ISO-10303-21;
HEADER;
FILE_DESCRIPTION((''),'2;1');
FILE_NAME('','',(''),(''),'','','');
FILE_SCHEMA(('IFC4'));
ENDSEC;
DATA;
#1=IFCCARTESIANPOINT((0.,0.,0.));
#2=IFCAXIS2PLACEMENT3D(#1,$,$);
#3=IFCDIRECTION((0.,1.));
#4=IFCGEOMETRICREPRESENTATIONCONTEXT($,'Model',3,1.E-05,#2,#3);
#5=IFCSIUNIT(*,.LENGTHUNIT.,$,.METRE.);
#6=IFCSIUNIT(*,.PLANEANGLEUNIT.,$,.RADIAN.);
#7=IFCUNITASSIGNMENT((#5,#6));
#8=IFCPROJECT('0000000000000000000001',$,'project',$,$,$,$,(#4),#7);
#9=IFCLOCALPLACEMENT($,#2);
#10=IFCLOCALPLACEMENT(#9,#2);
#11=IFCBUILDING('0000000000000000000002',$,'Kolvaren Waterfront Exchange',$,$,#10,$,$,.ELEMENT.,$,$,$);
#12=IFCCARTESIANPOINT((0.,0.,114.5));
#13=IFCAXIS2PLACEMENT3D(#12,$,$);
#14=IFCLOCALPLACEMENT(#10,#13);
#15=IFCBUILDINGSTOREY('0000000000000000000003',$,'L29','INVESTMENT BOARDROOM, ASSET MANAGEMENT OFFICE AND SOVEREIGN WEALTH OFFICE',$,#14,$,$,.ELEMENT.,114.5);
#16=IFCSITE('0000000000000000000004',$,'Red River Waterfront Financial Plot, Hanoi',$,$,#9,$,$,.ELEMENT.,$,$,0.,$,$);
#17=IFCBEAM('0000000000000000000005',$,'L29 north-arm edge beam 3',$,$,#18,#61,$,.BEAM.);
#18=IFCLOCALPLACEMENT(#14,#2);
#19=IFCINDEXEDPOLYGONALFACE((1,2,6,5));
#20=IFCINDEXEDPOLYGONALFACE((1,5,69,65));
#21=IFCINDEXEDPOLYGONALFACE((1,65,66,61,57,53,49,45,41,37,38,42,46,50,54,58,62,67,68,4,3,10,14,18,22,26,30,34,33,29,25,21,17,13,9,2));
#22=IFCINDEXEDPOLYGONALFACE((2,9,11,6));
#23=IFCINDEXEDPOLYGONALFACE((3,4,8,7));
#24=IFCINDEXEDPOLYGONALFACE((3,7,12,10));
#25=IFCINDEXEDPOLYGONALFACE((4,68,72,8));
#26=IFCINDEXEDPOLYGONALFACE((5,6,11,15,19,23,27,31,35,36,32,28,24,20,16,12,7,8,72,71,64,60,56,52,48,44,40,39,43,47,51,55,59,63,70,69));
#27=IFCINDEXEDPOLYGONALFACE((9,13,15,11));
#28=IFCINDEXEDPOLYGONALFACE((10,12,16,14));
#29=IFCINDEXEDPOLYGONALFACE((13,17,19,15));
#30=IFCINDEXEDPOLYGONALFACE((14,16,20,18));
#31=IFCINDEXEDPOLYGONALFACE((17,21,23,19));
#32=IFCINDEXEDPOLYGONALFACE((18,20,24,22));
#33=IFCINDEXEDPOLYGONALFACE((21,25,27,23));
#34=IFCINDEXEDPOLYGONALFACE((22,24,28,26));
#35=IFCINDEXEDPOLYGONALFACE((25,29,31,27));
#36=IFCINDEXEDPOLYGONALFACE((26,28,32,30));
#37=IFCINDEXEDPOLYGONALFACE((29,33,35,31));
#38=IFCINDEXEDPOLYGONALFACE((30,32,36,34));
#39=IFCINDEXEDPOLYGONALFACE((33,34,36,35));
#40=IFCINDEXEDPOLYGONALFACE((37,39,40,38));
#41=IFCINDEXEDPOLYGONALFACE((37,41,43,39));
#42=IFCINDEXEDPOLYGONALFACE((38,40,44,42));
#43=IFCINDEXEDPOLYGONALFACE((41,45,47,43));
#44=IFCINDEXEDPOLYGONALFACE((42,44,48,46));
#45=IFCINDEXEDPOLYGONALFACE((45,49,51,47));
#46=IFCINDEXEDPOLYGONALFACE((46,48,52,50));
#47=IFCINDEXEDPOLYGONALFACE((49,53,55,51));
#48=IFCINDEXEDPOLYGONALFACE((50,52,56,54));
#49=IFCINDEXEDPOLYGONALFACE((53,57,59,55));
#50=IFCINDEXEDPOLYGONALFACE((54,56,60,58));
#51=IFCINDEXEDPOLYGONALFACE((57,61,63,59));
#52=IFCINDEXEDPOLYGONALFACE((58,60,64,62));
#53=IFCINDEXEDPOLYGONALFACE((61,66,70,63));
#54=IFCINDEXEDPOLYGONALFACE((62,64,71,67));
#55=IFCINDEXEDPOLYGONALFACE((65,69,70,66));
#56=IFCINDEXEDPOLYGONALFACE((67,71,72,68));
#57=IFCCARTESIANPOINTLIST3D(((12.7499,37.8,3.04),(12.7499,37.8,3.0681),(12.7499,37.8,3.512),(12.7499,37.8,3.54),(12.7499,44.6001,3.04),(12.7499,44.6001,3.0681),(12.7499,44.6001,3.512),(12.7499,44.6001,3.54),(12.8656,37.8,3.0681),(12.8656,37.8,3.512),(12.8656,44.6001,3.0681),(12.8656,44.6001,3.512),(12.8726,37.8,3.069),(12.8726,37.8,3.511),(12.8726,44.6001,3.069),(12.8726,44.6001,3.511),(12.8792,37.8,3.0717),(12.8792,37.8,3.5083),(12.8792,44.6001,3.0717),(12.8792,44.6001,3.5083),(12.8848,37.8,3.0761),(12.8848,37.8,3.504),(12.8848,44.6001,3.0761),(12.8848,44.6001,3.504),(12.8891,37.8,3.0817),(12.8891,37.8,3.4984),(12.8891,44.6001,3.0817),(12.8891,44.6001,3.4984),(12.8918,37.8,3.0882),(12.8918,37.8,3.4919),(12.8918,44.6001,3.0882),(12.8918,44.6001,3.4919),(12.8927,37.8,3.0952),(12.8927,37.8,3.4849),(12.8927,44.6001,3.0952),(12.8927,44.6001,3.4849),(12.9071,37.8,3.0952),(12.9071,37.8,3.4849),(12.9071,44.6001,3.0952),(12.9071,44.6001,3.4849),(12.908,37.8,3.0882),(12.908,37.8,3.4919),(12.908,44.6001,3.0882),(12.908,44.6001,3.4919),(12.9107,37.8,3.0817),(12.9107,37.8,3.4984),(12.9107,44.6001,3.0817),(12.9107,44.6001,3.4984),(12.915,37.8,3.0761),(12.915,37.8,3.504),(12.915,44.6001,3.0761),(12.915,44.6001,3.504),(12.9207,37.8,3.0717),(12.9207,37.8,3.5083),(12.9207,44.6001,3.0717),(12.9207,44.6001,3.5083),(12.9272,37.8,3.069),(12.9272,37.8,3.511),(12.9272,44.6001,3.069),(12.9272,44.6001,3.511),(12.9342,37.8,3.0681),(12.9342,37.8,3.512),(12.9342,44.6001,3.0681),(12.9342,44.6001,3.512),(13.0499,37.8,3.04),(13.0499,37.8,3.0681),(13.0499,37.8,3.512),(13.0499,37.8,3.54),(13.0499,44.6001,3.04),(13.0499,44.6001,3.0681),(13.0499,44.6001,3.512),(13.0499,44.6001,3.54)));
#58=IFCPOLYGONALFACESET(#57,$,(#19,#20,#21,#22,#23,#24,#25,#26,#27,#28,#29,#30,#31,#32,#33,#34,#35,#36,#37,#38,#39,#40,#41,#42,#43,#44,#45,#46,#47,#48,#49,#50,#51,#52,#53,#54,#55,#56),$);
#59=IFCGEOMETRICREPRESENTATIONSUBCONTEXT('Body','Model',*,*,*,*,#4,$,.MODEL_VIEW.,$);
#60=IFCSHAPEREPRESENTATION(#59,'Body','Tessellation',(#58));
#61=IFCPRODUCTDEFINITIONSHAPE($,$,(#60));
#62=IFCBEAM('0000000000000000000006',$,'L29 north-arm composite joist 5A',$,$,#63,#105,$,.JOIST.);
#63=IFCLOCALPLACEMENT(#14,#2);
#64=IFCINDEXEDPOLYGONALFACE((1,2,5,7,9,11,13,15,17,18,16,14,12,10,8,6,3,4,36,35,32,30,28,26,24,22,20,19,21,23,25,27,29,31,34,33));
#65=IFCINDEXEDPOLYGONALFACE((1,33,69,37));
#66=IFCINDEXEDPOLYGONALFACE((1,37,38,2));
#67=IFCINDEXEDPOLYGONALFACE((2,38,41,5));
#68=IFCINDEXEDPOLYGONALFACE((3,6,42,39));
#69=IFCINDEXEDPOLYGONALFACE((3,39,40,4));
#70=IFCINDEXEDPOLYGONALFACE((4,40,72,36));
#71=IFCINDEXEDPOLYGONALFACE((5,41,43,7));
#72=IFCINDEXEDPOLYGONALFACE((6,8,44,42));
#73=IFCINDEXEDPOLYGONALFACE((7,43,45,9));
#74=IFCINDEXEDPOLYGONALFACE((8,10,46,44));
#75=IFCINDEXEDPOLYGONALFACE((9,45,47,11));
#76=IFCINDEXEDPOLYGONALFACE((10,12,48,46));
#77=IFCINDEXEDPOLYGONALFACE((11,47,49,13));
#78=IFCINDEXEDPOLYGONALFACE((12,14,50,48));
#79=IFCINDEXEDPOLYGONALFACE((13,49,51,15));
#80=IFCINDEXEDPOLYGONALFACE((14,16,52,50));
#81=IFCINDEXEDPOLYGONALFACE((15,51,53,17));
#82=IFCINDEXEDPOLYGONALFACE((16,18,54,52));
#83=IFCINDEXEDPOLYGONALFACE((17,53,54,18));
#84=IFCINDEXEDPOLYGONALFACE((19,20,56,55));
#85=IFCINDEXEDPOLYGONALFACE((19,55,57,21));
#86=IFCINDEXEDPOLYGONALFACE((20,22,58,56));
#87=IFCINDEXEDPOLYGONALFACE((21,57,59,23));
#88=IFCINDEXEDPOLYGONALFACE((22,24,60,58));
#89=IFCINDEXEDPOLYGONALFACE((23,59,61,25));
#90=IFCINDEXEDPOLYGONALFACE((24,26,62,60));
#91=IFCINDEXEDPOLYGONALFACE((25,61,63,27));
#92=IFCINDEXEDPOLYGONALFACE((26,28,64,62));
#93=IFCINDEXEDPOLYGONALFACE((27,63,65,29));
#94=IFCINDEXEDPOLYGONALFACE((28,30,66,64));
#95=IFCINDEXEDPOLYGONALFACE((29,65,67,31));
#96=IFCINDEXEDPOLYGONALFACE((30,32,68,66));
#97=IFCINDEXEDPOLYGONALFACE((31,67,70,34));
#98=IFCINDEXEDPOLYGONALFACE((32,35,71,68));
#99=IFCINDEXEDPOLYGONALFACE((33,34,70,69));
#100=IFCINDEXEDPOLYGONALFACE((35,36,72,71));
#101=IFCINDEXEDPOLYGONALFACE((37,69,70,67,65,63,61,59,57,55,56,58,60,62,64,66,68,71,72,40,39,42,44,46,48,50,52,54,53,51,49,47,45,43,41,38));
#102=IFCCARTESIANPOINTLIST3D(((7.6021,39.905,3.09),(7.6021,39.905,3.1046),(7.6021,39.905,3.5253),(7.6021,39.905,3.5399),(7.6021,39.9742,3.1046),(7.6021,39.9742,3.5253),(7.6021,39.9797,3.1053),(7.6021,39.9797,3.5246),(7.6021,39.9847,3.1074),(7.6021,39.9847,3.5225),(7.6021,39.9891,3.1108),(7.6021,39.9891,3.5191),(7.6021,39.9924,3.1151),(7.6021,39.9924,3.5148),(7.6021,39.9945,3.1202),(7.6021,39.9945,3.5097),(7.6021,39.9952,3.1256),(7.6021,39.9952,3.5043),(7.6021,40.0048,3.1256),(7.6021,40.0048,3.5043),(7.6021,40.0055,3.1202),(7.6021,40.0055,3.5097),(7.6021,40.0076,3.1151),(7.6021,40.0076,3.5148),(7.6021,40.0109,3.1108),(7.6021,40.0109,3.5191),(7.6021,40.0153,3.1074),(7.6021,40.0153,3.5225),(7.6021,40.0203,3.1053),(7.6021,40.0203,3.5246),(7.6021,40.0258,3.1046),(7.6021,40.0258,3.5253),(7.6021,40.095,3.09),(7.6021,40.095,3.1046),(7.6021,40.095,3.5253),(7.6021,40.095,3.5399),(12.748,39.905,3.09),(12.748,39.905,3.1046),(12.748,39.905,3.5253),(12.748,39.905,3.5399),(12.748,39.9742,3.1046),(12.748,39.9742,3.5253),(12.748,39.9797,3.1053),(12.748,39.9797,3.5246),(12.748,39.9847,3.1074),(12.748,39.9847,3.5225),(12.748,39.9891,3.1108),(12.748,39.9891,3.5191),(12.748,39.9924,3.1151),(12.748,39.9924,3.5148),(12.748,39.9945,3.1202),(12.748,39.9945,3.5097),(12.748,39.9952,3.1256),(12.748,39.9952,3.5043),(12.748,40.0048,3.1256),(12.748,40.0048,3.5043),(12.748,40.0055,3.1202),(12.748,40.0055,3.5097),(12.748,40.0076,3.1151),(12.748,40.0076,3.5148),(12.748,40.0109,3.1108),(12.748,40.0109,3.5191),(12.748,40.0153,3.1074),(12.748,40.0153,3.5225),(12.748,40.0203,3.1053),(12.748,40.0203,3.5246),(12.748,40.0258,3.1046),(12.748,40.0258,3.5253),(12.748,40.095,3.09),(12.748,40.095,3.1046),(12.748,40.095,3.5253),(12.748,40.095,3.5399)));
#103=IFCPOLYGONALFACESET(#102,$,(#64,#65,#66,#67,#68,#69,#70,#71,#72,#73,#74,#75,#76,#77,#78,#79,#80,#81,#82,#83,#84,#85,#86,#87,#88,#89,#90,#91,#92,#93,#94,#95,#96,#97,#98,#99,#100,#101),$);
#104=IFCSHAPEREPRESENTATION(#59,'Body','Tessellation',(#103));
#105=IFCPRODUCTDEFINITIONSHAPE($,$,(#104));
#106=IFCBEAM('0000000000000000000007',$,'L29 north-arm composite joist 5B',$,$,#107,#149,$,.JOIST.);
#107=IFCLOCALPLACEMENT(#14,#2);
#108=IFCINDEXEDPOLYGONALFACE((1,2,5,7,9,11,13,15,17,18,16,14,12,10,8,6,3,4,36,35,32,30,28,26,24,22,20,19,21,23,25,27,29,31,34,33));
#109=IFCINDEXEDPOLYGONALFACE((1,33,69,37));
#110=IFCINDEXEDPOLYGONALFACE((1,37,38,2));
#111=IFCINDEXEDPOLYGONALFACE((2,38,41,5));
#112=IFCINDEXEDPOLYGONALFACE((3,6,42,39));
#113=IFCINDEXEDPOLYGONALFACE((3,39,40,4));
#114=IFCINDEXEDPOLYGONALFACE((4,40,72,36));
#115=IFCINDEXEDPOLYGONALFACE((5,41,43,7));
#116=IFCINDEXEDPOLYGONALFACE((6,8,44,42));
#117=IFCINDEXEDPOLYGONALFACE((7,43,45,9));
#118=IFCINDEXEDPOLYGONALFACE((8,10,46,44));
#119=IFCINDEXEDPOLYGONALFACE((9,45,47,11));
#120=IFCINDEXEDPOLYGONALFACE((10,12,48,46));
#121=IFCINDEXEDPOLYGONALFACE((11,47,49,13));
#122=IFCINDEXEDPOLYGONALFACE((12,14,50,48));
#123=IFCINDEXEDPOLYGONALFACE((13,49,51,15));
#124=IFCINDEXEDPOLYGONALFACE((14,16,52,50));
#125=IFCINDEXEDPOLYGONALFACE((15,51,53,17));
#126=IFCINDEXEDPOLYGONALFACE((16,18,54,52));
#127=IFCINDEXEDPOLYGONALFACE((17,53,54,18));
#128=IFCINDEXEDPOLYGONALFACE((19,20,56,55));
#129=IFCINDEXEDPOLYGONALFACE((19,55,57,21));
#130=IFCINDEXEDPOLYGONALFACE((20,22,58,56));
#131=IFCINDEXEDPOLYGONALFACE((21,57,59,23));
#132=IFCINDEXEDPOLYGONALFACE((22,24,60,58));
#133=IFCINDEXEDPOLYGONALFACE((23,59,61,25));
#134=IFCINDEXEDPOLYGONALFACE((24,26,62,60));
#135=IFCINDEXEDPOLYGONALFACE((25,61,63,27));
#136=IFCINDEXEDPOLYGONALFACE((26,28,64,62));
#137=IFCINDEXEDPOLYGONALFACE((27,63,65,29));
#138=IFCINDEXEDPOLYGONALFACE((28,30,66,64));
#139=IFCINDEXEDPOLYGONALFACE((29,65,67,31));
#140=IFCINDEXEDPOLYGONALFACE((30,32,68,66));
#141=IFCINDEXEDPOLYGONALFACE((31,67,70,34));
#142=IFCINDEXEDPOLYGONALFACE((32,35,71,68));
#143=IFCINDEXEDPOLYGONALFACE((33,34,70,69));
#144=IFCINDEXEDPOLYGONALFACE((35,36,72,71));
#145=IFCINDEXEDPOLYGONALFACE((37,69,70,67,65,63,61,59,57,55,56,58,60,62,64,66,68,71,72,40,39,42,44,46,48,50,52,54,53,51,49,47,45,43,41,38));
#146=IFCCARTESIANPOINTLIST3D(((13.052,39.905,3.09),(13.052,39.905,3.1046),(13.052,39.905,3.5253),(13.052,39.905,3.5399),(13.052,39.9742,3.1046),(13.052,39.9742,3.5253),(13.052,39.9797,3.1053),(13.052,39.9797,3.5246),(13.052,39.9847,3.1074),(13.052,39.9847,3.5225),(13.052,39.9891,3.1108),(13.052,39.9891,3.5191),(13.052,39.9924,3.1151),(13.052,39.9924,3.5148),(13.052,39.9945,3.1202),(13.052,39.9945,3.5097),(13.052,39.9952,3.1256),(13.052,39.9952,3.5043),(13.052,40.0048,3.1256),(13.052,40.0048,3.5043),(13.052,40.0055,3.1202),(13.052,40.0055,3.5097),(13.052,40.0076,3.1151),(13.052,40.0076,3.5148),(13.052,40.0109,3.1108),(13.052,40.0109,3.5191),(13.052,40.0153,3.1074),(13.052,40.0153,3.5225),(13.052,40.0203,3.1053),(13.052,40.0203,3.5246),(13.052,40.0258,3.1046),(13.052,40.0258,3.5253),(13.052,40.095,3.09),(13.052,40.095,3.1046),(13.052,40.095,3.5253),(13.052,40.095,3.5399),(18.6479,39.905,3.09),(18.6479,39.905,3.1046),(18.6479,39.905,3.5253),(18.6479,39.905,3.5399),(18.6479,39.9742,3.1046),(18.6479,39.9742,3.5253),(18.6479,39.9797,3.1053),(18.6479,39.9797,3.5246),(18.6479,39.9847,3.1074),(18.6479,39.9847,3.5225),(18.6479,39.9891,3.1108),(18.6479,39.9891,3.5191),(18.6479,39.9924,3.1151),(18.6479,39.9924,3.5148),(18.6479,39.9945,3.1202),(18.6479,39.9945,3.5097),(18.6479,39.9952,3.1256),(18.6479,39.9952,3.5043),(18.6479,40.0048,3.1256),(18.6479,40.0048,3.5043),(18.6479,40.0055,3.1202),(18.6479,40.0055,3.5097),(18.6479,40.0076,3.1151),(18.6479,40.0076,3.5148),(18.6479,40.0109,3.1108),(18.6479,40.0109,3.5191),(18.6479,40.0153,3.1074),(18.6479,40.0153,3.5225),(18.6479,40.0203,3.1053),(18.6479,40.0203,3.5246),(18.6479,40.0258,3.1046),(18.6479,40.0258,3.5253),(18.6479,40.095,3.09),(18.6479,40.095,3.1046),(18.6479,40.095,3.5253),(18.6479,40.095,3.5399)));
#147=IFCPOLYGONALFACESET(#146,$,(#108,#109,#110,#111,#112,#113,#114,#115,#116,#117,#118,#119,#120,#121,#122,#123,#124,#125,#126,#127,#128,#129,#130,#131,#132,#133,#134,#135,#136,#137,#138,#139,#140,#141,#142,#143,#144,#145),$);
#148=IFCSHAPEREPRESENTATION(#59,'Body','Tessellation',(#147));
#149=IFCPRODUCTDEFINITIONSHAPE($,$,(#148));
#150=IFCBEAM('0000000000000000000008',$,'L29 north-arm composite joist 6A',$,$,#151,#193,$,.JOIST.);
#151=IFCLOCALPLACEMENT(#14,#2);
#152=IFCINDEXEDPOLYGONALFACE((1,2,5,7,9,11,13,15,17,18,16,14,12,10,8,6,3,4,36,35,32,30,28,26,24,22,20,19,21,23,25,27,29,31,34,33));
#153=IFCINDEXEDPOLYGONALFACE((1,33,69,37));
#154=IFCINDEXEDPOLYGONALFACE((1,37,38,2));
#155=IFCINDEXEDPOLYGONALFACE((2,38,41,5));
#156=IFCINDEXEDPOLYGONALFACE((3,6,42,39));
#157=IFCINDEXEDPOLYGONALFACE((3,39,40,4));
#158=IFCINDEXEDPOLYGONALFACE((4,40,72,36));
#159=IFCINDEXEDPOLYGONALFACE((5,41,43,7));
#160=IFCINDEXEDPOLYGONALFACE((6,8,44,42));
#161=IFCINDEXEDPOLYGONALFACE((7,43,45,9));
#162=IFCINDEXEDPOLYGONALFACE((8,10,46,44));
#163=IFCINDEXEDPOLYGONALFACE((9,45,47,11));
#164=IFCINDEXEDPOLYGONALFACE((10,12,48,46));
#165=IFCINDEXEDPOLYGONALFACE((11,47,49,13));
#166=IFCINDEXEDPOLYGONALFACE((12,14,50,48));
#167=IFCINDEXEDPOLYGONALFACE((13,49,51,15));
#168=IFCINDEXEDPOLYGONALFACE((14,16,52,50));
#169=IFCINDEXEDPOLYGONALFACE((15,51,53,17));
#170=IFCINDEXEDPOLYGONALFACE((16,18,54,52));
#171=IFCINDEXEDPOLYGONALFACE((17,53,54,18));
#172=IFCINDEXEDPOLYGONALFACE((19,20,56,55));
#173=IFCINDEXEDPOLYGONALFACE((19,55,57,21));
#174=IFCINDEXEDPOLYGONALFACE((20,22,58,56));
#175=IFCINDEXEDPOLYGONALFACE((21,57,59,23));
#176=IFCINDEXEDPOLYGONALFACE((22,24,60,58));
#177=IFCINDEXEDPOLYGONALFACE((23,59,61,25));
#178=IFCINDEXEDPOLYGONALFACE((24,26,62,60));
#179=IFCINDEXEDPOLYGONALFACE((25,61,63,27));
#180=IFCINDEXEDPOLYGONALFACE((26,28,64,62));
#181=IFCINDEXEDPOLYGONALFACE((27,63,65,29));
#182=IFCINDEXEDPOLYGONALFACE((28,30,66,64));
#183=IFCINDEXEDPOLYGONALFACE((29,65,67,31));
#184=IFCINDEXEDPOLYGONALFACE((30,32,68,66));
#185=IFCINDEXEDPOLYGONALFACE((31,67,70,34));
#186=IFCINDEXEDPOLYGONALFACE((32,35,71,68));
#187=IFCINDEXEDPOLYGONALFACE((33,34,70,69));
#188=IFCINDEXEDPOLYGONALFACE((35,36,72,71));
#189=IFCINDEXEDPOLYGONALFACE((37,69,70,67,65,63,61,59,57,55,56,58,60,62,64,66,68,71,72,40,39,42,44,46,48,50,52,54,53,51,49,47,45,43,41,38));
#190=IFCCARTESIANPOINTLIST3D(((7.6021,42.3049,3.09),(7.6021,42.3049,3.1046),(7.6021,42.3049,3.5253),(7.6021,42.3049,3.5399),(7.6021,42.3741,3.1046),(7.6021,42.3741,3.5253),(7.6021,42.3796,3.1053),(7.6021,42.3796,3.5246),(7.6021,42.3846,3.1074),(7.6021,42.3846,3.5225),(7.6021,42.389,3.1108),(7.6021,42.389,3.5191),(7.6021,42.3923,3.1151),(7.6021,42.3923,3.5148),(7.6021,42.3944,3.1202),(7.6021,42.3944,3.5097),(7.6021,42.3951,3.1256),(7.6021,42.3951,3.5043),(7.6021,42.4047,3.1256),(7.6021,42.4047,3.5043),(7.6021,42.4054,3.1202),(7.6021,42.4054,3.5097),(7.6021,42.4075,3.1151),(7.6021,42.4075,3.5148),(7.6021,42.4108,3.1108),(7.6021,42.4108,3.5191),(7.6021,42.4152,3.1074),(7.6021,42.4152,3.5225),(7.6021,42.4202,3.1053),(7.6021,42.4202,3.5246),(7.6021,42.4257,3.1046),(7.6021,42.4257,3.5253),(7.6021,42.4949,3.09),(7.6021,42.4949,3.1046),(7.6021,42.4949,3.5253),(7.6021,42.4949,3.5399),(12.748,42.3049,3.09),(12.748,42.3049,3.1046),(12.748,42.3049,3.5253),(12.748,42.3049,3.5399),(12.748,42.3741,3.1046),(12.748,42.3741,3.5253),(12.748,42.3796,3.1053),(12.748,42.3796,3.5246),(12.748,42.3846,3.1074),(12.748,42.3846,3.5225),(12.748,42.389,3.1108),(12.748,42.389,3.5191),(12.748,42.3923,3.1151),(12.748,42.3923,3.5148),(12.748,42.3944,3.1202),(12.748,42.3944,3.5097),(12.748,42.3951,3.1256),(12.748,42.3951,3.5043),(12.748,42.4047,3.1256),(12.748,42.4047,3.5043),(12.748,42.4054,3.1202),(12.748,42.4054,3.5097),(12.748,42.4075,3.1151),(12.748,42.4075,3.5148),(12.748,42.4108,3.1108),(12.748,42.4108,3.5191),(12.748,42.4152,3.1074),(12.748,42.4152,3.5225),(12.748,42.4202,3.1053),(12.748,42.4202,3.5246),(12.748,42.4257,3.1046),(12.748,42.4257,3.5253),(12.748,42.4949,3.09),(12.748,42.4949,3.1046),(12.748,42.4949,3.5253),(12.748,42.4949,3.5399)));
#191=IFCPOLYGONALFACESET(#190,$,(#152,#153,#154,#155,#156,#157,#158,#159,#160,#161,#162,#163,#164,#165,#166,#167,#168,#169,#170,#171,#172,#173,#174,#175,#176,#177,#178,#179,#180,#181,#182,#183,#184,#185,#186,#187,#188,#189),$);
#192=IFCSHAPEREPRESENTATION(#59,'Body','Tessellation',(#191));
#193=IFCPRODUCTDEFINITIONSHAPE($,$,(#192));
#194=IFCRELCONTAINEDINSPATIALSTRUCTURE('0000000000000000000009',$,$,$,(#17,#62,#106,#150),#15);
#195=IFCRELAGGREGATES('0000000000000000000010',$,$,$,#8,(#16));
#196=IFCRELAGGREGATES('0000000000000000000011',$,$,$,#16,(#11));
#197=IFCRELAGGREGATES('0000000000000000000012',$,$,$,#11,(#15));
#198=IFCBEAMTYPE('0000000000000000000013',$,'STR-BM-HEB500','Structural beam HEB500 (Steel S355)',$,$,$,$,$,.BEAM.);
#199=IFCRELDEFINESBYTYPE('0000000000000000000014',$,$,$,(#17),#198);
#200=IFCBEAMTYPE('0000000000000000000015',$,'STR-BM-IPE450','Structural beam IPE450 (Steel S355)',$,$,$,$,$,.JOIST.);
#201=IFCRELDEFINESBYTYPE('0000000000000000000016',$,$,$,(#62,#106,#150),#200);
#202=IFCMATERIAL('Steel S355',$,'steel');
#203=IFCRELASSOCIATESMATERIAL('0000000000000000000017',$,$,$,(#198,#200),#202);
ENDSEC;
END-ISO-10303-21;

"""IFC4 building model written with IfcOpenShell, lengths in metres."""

from ifc_helpers import new_model, si_unit, direction, frame, origin, origin_2d, place, context, subcontext, project, spatial, i_section, extrude, material, material_profile, profile_set, type_object, element, save


model = new_model("IFC4")

# Units and contexts
model_context = context("Model", 3, precision=1e-05, world=origin(), true_north=direction((0.0, 1.0)))
body_context = subcontext(model_context, "Body", "Model", "MODEL_VIEW")
ifc_project = project(units=[si_unit("LENGTHUNIT", "METRE"), si_unit("PLANEANGLEUNIT", "RADIAN")], contexts=[model_context])

# Site, building, storey
site_placement = place(None, origin())
site = spatial("IfcSite", under=ifc_project, at=site_placement, Name="Red River Waterfront Financial Plot, Hanoi", CompositionType="ELEMENT", RefElevation=0.0)
building_placement = place(site_placement, origin())
building = spatial("IfcBuilding", under=site, at=building_placement, Name="Kolvaren Waterfront Exchange", CompositionType="ELEMENT")
storey_placement = place(building_placement, frame((0.0, 0.0, 114.5)))
storey = spatial("IfcBuildingStorey", under=building, at=storey_placement, Name="L29", Description="INVESTMENT BOARDROOM, ASSET MANAGEMENT OFFICE AND SOVEREIGN WEALTH OFFICE", CompositionType="ELEMENT", Elevation=114.5)

# Beams
ifc_material_1 = material(Name="Steel S355", Category="steel")
ifc_material_profile_1 = material_profile(ifc_material_1, i_section(OverallWidth=0.3, OverallDepth=0.5, WebThickness=0.0144, FlangeThickness=0.0281, FilletRadius=0.0271, at=origin_2d()), Name="HEB500")
ifc_profile_set_1 = profile_set([ifc_material_profile_1], Name="Steel S355")
beam_type_1 = type_object("IfcBeamType", Name="STR-BM-HEB500", Description="Structural beam HEB500 (Steel S355)", PredefinedType="BEAM", material=ifc_profile_set_1)
beam_1_placement = place(storey_placement, frame((12.8999, 37.8, 3.29), z_axis=(0.0, 1.0, 0.0), x_axis=(-1.0, 0.0, 0.0)))
element("IfcBeam", 1, at=beam_1_placement, inside=storey, type_object=beam_type_1, Name="L29 north-arm edge beam 3", PredefinedType="BEAM", context=body_context, shape_type="SweptSolid", body=[
    extrude(i_section(OverallWidth=0.3, OverallDepth=0.5, WebThickness=0.0144, FlangeThickness=0.0281, FilletRadius=0.0271, at=origin_2d()), origin(), (0.0, 0.0, 1.0), 6.8),
])
ifc_material_profile_2 = material_profile(ifc_material_1, i_section(OverallWidth=0.1899, OverallDepth=0.45, WebThickness=0.0095, FlangeThickness=0.0146, FilletRadius=0.021, at=origin_2d()), Name="IPE450")
ifc_profile_set_2 = profile_set([ifc_material_profile_2], Name="Steel S355")
beam_type_2 = type_object("IfcBeamType", Name="STR-BM-IPE450", Description="Structural beam IPE450 (Steel S355)", PredefinedType="JOIST", material=ifc_profile_set_2)
beam_2_placement = place(storey_placement, frame((7.6021, 40.0, 3.3149), z_axis=(1.0, 0.0, 0.0), x_axis=(0.0, 1.0, 0.0)))
element("IfcBeam", 2, at=beam_2_placement, inside=storey, type_object=beam_type_2, Name="L29 north-arm composite joist 5A", PredefinedType="JOIST", context=body_context, shape_type="SweptSolid", body=[
    extrude(i_section(OverallWidth=0.1899, OverallDepth=0.45, WebThickness=0.0095, FlangeThickness=0.0146, FilletRadius=0.021, at=origin_2d()), origin(), (0.0, 0.0, 1.0), 5.146),
])
beam_3_placement = place(storey_placement, frame((13.052, 40.0, 3.3149), z_axis=(1.0, 0.0, 0.0), x_axis=(0.0, 1.0, 0.0)))
element("IfcBeam", 3, at=beam_3_placement, inside=storey, type_object=beam_type_2, Name="L29 north-arm composite joist 5B", PredefinedType="JOIST", context=body_context, shape_type="SweptSolid", body=[
    extrude(i_section(OverallWidth=0.1899, OverallDepth=0.45, WebThickness=0.0095, FlangeThickness=0.0146, FilletRadius=0.021, at=origin_2d()), origin(), (0.0, 0.0, 1.0), 5.5959),
])
beam_4_placement = place(storey_placement, frame((7.6021, 42.3999, 3.3149), z_axis=(1.0, 0.0, 0.0), x_axis=(0.0, 1.0, 0.0)))
element("IfcBeam", 4, at=beam_4_placement, inside=storey, type_object=beam_type_2, Name="L29 north-arm composite joist 6A", PredefinedType="JOIST", context=body_context, shape_type="SweptSolid", body=[
    extrude(i_section(OverallWidth=0.1899, OverallDepth=0.45, WebThickness=0.0095, FlangeThickness=0.0146, FilletRadius=0.021, at=origin_2d()), origin(), (0.0, 0.0, 1.0), 5.146),
])

save(model, "model.ifc")
